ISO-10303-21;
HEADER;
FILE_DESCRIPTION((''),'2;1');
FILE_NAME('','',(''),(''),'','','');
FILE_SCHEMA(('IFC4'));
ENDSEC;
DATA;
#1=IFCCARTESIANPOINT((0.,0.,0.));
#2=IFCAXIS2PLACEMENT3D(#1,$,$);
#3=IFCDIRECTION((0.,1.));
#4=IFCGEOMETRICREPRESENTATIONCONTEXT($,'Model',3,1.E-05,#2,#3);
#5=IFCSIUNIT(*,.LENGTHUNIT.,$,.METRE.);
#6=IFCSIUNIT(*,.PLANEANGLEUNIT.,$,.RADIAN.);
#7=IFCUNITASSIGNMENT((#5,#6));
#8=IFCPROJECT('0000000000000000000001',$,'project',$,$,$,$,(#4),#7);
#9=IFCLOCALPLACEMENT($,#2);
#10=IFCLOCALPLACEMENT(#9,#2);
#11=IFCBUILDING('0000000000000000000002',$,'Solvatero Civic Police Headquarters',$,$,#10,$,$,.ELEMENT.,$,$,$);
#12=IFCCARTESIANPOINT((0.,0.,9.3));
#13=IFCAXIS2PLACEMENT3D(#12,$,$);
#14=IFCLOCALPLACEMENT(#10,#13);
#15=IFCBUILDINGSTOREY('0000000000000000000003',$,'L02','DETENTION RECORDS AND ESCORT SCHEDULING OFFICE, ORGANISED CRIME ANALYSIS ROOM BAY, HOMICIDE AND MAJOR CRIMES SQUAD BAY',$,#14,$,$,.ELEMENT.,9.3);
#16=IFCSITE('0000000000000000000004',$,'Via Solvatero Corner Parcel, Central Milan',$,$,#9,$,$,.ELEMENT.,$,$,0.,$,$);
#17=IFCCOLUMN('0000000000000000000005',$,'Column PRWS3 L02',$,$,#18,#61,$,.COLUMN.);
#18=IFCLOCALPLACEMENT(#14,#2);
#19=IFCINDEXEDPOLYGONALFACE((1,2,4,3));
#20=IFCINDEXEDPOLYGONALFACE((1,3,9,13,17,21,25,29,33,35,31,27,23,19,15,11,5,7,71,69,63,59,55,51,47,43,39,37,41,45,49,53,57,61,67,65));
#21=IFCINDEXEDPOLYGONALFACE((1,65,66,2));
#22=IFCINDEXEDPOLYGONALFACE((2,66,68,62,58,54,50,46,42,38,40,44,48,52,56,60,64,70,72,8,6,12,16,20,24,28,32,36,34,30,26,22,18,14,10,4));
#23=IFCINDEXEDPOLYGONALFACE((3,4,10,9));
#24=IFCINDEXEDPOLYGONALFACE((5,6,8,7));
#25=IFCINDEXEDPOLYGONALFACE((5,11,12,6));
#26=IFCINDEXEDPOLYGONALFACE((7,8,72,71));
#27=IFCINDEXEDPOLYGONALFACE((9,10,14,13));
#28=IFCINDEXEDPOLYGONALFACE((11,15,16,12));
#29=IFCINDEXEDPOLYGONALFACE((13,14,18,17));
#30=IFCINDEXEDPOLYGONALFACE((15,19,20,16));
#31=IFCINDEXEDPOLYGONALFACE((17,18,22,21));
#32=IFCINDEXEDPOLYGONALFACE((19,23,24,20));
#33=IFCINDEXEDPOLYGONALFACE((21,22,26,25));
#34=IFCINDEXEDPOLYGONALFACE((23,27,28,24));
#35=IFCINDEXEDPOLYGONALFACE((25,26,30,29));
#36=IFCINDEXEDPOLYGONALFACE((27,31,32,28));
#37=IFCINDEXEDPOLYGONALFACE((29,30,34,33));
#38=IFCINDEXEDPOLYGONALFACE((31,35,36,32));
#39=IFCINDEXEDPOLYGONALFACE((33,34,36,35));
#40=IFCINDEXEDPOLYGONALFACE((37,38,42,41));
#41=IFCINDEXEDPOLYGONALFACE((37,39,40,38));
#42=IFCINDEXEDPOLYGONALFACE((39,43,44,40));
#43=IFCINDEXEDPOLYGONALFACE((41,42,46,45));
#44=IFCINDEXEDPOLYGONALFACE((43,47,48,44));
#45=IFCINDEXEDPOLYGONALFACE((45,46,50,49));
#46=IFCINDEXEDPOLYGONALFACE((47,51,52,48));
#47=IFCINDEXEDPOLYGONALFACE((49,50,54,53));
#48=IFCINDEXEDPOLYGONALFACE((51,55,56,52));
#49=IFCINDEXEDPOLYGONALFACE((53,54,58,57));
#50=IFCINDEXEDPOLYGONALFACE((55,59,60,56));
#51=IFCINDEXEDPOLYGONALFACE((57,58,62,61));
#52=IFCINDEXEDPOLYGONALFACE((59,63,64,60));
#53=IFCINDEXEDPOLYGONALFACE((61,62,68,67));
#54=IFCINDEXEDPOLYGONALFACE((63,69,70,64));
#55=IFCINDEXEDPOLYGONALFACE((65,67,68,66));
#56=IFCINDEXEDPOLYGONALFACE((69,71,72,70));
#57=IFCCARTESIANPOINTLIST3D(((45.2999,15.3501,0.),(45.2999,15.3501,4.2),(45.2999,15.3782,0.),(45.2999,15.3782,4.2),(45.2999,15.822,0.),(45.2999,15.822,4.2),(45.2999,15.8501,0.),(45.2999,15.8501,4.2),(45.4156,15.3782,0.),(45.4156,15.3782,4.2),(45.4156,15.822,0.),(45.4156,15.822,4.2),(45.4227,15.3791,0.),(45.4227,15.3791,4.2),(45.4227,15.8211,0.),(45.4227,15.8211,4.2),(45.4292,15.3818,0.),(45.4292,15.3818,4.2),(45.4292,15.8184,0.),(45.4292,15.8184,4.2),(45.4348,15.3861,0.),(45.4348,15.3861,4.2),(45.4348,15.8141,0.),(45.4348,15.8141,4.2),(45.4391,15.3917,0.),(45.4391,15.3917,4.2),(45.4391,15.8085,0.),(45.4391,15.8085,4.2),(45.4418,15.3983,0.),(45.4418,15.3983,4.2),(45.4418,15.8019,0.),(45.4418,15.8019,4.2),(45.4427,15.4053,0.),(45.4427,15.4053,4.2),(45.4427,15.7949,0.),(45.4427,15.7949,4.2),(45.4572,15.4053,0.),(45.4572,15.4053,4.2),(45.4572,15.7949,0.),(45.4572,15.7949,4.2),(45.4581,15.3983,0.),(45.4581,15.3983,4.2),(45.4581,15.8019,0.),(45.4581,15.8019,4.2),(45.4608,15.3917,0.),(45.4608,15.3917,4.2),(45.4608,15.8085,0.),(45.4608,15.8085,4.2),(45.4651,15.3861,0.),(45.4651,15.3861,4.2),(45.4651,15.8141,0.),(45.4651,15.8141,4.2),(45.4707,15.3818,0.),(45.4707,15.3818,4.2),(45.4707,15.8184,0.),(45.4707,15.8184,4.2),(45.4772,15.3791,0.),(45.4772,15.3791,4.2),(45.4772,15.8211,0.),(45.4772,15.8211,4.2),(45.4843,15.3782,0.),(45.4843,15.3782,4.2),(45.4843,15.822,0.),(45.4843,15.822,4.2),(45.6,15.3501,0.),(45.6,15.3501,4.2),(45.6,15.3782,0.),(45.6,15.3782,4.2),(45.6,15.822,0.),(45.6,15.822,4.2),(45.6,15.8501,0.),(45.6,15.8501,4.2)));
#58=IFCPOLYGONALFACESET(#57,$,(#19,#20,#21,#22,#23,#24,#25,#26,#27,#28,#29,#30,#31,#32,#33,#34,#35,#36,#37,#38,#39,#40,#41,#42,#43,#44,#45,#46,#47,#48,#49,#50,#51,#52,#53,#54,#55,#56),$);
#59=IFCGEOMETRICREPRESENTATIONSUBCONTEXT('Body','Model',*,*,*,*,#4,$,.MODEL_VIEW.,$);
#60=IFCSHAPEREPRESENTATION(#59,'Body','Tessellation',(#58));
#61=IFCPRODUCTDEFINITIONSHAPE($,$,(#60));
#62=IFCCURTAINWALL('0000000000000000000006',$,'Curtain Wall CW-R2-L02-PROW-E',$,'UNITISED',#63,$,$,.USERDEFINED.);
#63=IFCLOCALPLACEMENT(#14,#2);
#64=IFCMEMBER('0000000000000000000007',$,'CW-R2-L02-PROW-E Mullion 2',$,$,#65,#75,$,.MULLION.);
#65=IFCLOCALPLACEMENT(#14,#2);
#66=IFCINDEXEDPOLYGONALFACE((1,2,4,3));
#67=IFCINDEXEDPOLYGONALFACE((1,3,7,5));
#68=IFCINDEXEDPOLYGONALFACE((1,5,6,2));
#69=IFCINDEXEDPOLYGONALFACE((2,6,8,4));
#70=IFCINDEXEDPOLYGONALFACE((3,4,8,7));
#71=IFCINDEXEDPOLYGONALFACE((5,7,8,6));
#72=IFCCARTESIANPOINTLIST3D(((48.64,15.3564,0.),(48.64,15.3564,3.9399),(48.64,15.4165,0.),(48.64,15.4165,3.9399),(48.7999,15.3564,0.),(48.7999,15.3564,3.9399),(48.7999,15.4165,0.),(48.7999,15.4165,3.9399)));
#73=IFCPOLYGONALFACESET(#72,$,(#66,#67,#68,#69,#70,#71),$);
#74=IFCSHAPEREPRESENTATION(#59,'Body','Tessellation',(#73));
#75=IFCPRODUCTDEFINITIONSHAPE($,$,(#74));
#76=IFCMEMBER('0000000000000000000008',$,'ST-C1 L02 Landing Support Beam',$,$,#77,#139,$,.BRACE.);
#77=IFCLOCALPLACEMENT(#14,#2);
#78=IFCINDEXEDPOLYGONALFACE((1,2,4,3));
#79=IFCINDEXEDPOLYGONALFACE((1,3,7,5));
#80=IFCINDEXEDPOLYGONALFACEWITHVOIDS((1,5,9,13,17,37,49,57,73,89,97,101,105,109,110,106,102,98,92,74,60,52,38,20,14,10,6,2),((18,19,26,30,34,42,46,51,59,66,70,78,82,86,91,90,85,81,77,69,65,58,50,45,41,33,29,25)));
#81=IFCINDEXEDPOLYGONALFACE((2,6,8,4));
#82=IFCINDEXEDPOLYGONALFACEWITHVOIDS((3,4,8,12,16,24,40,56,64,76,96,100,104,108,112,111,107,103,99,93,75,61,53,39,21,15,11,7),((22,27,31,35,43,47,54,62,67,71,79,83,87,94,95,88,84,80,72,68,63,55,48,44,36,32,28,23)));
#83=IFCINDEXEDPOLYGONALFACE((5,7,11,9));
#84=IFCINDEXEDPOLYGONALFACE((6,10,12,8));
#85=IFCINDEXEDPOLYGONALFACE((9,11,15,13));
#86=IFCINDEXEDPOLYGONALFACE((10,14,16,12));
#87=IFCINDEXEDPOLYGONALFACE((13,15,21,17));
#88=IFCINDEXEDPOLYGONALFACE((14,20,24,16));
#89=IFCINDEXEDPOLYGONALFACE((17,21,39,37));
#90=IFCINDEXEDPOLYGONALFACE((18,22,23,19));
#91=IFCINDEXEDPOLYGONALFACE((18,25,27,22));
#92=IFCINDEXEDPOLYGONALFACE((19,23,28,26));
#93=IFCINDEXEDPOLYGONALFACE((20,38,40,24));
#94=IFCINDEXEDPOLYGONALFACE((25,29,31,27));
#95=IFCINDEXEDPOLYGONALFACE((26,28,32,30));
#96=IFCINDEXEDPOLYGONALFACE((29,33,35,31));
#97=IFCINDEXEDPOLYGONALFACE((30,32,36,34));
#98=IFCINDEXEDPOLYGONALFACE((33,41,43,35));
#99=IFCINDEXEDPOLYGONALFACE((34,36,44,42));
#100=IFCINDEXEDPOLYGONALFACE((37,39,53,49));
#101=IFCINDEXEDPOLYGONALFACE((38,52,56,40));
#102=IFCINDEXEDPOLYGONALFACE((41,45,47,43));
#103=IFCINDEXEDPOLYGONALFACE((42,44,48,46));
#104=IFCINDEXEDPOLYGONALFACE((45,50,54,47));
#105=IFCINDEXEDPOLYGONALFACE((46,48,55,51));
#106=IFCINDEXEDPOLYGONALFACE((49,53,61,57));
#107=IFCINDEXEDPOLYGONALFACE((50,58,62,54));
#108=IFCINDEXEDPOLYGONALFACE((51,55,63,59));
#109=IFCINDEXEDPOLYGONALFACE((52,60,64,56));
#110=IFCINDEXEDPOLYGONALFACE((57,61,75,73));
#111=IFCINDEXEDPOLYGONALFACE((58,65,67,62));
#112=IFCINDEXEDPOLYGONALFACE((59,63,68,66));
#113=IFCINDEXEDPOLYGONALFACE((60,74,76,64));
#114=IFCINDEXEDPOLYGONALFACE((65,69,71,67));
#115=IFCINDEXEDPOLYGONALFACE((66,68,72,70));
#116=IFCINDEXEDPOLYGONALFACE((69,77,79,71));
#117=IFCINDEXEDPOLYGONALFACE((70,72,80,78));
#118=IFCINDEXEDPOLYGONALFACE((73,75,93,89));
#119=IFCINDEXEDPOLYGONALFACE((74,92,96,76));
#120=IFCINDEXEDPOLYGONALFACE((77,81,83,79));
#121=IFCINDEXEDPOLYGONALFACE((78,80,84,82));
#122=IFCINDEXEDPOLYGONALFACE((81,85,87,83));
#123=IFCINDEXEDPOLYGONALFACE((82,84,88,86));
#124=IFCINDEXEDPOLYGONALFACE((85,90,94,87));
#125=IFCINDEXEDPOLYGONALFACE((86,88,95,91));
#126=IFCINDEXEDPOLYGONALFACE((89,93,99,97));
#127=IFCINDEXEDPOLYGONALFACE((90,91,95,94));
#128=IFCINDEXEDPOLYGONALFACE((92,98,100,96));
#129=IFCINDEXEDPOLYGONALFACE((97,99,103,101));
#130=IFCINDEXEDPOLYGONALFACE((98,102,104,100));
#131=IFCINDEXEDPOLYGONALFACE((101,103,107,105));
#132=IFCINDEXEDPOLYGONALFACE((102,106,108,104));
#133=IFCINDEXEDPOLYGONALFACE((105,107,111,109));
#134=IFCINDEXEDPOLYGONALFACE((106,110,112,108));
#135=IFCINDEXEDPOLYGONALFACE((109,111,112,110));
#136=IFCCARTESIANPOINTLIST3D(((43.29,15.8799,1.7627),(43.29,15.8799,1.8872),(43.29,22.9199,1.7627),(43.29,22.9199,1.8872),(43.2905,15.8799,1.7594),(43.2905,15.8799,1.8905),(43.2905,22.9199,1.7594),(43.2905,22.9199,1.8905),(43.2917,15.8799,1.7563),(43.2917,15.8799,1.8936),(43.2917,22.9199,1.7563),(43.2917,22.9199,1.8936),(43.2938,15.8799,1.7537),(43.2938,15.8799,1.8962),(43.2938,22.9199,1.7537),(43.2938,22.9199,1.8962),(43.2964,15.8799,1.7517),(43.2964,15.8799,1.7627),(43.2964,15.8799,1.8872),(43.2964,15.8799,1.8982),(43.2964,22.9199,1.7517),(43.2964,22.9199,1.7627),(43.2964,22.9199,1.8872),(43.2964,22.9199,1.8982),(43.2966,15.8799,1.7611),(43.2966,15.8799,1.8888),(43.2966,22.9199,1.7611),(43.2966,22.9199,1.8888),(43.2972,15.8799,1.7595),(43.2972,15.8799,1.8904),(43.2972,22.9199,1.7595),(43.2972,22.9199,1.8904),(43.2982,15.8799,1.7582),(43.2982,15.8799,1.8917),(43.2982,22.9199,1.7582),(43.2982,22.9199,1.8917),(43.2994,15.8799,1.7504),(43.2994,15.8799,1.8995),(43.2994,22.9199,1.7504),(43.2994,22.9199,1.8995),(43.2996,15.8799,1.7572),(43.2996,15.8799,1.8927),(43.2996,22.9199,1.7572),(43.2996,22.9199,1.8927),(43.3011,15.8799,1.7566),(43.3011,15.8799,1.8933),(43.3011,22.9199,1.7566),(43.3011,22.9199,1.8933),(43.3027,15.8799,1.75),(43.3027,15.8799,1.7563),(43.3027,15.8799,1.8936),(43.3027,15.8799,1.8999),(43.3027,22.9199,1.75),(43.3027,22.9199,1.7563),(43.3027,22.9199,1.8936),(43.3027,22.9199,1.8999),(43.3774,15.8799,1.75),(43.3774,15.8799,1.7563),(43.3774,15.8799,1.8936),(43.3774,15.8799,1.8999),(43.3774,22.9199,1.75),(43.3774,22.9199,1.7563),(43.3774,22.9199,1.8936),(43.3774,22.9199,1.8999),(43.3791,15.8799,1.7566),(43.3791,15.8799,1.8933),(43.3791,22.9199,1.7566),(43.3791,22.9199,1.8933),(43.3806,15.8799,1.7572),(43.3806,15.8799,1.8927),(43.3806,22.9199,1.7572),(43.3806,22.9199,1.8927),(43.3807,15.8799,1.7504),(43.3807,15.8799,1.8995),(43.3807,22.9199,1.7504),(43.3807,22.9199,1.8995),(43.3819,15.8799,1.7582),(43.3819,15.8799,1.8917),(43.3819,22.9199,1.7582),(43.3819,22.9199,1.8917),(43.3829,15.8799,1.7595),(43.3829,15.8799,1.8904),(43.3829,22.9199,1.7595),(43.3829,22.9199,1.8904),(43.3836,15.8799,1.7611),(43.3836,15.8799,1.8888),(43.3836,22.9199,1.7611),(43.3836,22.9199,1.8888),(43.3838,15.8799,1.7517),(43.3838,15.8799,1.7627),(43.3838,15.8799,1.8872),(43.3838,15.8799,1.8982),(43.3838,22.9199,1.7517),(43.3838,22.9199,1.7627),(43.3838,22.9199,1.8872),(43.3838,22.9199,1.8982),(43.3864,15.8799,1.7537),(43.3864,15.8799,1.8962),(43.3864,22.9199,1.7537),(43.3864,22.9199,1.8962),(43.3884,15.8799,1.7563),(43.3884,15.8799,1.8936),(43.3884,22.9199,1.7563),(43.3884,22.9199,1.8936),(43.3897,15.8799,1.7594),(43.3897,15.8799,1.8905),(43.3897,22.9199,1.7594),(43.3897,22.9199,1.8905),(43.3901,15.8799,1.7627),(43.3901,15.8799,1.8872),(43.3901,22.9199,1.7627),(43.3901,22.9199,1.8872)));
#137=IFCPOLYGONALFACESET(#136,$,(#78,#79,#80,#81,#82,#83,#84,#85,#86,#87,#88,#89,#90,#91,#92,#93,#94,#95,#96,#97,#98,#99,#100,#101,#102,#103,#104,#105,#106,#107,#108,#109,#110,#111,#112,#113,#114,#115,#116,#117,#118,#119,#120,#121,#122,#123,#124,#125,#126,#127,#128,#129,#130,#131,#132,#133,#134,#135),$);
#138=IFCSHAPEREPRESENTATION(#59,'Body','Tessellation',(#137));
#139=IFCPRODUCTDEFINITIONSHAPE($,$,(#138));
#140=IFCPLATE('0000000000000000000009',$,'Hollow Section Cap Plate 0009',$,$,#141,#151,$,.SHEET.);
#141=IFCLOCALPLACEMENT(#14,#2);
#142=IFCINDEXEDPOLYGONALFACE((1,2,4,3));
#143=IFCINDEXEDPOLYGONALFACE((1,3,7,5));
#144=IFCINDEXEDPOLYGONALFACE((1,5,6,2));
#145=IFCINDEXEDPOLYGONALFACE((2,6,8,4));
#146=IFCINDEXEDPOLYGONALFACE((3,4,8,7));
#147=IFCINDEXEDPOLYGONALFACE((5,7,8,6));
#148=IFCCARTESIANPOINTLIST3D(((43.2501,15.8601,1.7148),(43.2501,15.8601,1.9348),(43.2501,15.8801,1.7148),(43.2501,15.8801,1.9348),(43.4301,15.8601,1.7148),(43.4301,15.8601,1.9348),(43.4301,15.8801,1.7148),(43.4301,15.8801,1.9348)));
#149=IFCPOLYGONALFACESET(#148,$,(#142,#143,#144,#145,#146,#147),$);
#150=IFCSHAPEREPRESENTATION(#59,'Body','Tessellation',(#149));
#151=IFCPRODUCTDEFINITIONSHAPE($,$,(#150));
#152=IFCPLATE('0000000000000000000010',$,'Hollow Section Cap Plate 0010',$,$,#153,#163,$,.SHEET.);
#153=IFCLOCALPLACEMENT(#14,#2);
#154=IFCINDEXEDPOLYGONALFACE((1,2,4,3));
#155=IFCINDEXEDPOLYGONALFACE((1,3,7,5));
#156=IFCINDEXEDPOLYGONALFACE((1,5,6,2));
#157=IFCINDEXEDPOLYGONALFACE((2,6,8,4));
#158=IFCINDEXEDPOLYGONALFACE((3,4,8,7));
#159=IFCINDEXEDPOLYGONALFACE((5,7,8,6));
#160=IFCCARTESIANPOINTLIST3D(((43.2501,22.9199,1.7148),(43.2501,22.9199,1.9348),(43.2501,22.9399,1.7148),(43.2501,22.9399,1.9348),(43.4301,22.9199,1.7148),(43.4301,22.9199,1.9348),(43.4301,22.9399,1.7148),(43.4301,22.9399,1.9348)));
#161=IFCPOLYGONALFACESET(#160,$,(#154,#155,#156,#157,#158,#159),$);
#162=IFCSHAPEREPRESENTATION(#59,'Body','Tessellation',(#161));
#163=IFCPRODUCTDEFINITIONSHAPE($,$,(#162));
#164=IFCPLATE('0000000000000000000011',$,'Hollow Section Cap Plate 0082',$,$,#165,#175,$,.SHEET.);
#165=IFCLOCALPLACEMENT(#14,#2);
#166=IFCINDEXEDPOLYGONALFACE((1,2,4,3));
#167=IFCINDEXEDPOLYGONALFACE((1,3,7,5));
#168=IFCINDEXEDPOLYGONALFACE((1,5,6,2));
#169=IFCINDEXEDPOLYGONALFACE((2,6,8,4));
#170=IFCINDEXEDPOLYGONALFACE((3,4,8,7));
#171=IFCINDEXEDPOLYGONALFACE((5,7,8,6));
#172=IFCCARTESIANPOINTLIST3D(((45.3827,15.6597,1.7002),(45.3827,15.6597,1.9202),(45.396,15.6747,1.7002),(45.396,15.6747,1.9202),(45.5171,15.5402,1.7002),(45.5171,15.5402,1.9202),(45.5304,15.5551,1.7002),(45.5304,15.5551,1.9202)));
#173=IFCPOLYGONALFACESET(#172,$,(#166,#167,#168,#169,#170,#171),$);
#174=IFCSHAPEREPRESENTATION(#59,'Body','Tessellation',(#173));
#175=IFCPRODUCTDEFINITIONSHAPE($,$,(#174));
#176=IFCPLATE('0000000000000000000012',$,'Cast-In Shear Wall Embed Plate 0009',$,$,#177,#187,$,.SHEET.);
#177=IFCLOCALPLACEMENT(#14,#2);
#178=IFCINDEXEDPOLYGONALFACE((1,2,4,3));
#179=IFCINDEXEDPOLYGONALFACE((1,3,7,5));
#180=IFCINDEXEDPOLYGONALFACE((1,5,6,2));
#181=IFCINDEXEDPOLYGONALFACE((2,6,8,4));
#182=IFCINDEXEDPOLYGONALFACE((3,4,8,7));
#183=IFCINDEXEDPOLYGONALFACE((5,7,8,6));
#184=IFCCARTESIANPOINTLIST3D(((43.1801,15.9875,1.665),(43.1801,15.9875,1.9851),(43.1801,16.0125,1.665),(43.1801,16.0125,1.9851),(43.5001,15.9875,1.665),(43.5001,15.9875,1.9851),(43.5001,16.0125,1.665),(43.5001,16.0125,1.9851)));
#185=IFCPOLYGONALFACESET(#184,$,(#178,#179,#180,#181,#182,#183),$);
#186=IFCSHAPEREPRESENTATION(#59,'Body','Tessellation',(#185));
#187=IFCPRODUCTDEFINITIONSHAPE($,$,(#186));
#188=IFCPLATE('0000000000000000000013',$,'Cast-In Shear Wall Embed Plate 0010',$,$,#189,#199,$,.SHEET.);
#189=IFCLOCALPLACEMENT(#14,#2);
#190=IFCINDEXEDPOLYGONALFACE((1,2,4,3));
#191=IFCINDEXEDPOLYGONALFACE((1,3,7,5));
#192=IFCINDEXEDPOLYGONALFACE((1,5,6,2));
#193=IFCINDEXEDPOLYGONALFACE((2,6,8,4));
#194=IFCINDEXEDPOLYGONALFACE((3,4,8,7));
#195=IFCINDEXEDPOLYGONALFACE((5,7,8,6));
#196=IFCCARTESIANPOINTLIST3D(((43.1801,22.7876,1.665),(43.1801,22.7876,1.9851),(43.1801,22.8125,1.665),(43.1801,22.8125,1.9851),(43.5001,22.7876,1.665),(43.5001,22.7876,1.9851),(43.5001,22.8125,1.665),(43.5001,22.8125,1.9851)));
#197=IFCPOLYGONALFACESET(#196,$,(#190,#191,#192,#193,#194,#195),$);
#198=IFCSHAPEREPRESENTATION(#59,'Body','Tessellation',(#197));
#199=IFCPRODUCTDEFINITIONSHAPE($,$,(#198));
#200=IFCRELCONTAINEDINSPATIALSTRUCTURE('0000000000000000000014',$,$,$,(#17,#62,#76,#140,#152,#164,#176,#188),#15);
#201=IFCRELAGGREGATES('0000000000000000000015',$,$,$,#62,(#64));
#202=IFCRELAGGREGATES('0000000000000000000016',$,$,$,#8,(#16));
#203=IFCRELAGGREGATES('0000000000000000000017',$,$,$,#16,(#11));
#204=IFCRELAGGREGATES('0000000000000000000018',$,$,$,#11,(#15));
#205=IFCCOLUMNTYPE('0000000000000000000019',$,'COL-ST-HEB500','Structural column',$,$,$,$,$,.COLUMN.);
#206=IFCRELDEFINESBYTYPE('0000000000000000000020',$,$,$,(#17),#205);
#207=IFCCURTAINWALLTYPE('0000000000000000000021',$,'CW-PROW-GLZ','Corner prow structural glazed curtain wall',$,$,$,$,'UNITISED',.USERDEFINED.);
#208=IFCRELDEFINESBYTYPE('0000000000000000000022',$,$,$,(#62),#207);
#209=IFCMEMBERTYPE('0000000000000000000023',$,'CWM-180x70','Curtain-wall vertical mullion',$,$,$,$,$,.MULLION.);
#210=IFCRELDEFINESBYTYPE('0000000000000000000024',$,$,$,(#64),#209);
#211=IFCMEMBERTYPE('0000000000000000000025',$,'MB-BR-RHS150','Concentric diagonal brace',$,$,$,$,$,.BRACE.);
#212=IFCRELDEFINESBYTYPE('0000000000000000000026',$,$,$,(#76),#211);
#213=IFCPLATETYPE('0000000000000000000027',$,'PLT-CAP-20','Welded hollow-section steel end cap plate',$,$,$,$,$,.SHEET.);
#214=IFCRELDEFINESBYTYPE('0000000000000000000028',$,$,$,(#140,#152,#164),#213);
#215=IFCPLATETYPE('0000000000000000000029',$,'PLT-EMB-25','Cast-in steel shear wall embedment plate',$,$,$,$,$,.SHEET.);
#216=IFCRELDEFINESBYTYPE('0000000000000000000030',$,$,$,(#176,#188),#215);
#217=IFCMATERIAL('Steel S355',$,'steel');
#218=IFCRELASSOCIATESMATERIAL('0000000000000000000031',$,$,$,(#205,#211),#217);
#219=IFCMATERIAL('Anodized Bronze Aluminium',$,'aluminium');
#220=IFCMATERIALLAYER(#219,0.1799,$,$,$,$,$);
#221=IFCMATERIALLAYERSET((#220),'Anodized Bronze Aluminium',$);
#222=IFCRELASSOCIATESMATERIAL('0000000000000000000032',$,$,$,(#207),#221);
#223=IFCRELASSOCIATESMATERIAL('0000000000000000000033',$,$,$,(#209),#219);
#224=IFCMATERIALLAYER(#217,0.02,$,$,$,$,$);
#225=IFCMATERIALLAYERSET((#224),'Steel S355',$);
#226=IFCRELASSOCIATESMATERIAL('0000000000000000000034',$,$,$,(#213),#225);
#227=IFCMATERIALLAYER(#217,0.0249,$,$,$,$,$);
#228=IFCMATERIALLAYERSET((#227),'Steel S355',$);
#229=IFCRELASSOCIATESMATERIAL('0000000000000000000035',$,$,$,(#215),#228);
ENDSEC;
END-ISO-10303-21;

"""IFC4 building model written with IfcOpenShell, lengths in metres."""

from ifc_helpers import new_model, si_unit, direction, frame, origin, origin_2d, place, context, subcontext, project, spatial, rectangle, hollow_rectangle, i_section, extrude, material, layer, layer_set, material_profile, profile_set, type_object, element, aggregate, save


model = new_model("IFC4")

# Units and contexts
model_context = context("Model", 3, precision=1e-05, world=origin(), true_north=direction((0.0, 1.0)))
body_context = subcontext(model_context, "Body", "Model", "MODEL_VIEW")
ifc_project = project(units=[si_unit("LENGTHUNIT", "METRE"), si_unit("PLANEANGLEUNIT", "RADIAN")], contexts=[model_context])

# Site, building, storey
site_placement = place(None, origin())
site = spatial("IfcSite", under=ifc_project, at=site_placement, Name="Via Solvatero Corner Parcel, Central Milan", CompositionType="ELEMENT", RefElevation=0.0)
building_placement = place(site_placement, origin())
building = spatial("IfcBuilding", under=site, at=building_placement, Name="Solvatero Civic Police Headquarters", CompositionType="ELEMENT")
storey_placement = place(building_placement, frame((0.0, 0.0, 9.3)))
storey = spatial("IfcBuildingStorey", under=building, at=storey_placement, Name="L02", Description="DETENTION RECORDS AND ESCORT SCHEDULING OFFICE, ORGANISED CRIME ANALYSIS ROOM BAY, HOMICIDE AND MAJOR CRIMES SQUAD BAY", CompositionType="ELEMENT", Elevation=9.3)

# Column
ifc_material_1 = material(Name="Steel S355", Category="steel")
ifc_material_profile_1 = material_profile(ifc_material_1, i_section(OverallWidth=0.3, OverallDepth=0.5, WebThickness=0.0144, FlangeThickness=0.0281, FilletRadius=0.0271, at=origin_2d()), Name="HEB 500")
ifc_profile_set_1 = profile_set([ifc_material_profile_1], Name="Steel S355")
column_type = type_object("IfcColumnType", Name="COL-ST-HEB500", Description="Structural column", PredefinedType="COLUMN", material=ifc_profile_set_1)
column_placement = place(storey_placement, frame((45.45, 15.6001, 0.0), z_axis=(0.0, 0.0, 1.0), x_axis=(1.0, 0.0, 0.0)))
element("IfcColumn", 1, at=column_placement, inside=storey, type_object=column_type, Name="Column PRWS3 L02", PredefinedType="COLUMN", context=body_context, shape_type="SweptSolid", body=[
    extrude(i_section(OverallWidth=0.3, OverallDepth=0.5, WebThickness=0.0144, FlangeThickness=0.0281, FilletRadius=0.0271, at=origin_2d()), origin(), (0.0, 0.0, 1.0), 4.2),
])

# Curtain wall, member
ifc_material_2 = material(Name="Anodized Bronze Aluminium", Category="aluminium")
ifc_layer_1 = layer(ifc_material_2, 0.1799)
ifc_layer_set_1 = layer_set([ifc_layer_1], Name="Anodized Bronze Aluminium")
curtain_wall_type = type_object("IfcCurtainWallType", Name="CW-PROW-GLZ", Description="Corner prow structural glazed curtain wall", ElementType="UNITISED", PredefinedType="USERDEFINED", material=ifc_layer_set_1)
curtain_wall_placement = place(storey_placement, origin())
curtain_wall = element("IfcCurtainWall", 2, at=curtain_wall_placement, inside=storey, type_object=curtain_wall_type, Name="Curtain Wall CW-R2-L02-PROW-E", ObjectType="UNITISED", PredefinedType="USERDEFINED")
ifc_material_profile_2 = material_profile(ifc_material_2, rectangle(XDim=0.0601, YDim=0.1599, at=origin_2d()), Name="ALU MULLION 60x160")
ifc_profile_set_2 = profile_set([ifc_material_profile_2], Name="Anodized Bronze Aluminium")
member_type_1 = type_object("IfcMemberType", Name="CWM-180x70", Description="Curtain-wall vertical mullion", PredefinedType="MULLION", material=ifc_profile_set_2)
member_1_placement = place(storey_placement, frame((48.72, 15.3865, 0.0), z_axis=(0.0, 0.0, 1.0), x_axis=(0.0, 1.0, 0.0)))
member_1 = element("IfcMember", 3, at=member_1_placement, type_object=member_type_1, Name="CW-R2-L02-PROW-E Mullion 2", PredefinedType="MULLION", context=body_context, shape_type="SweptSolid", body=[
    extrude(rectangle(XDim=0.0601, YDim=0.1599, at=origin_2d()), origin(), (0.0, 0.0, 1.0), 3.9399),
])
aggregate(curtain_wall, [member_1])

# Member
ifc_material_profile_3 = material_profile(ifc_material_1, hollow_rectangle(XDim=0.1001, YDim=0.1499, WallThickness=0.0063, InnerFilletRadius=0.0063, OuterFilletRadius=0.0127, at=origin_2d()), Name="RHS 150x100x6.3")
ifc_profile_set_3 = profile_set([ifc_material_profile_3], Name="Steel S355")
member_type_2 = type_object("IfcMemberType", Name="MB-BR-RHS150", Description="Concentric diagonal brace", PredefinedType="BRACE", material=ifc_profile_set_3)
member_2_placement = place(storey_placement, frame((43.3401, 15.8799, 1.825), z_axis=(0.0, 1.0, 0.0), x_axis=(-1.0, 0.0, 0.0)))
element("IfcMember", 4, at=member_2_placement, inside=storey, type_object=member_type_2, Name="ST-C1 L02 Landing Support Beam", PredefinedType="BRACE", context=body_context, shape_type="SweptSolid", body=[
    extrude(hollow_rectangle(XDim=0.1001, YDim=0.1499, WallThickness=0.0063, InnerFilletRadius=0.0063, OuterFilletRadius=0.0127, at=origin_2d()), origin(), (0.0, 0.0, 1.0), 7.04),
])

# Plates
ifc_layer_2 = layer(ifc_material_1, 0.02)
ifc_layer_set_2 = layer_set([ifc_layer_2], Name="Steel S355")
plate_type_1 = type_object("IfcPlateType", Name="PLT-CAP-20", Description="Welded hollow-section steel end cap plate", PredefinedType="SHEET", material=ifc_layer_set_2)
for number, where, z_axis, x_axis, name in (
    (5, (43.3401, 15.8701, 1.7148), (0.0, 0.0, 1.0), (1.0, 0.0, 0.0), "Hollow Section Cap Plate 0009"),
    (6, (43.3401, 22.9299, 1.7148), (0.0, 0.0, 1.0), (1.0, 0.0, 0.0), "Hollow Section Cap Plate 0010"),
):
    element("IfcPlate", number, at=place(storey_placement, frame(where, z_axis=z_axis, x_axis=x_axis)), inside=storey, type_object=plate_type_1, Name=name, PredefinedType="SHEET", context=body_context, shape_type="SweptSolid", body=[
        extrude(rectangle(XDim=0.1799, YDim=0.02, at=origin_2d()), origin(), (0.0, 0.0, 1.0), 0.22),
    ])
plate_placement = place(storey_placement, frame((45.4565, 15.6074, 1.7002), z_axis=(0.0, 0.0, 1.0), x_axis=(0.66437, 0.747404, 0.0)))
element("IfcPlate", 7, at=plate_placement, inside=storey, type_object=plate_type_1, Name="Hollow Section Cap Plate 0082", PredefinedType="SHEET", context=body_context, shape_type="SweptSolid", body=[
    extrude(rectangle(XDim=0.02, YDim=0.1799, at=origin_2d()), origin(), (0.0, 0.0, 1.0), 0.22),
])
ifc_layer_3 = layer(ifc_material_1, 0.0249)
ifc_layer_set_3 = layer_set([ifc_layer_3], Name="Steel S355")
plate_type_2 = type_object("IfcPlateType", Name="PLT-EMB-25", Description="Cast-in steel shear wall embedment plate", PredefinedType="SHEET", material=ifc_layer_set_3)
for number, where, z_axis, x_axis, name in (
    (8, (43.3401, 16.0, 1.665), (0.0, 0.0, 1.0), (1.0, 0.0, 0.0), "Cast-In Shear Wall Embed Plate 0009"),
    (9, (43.3401, 22.8, 1.665), (0.0, 0.0, 1.0), (1.0, 0.0, 0.0), "Cast-In Shear Wall Embed Plate 0010"),
):
    element("IfcPlate", number, at=place(storey_placement, frame(where, z_axis=z_axis, x_axis=x_axis)), inside=storey, type_object=plate_type_2, Name=name, PredefinedType="SHEET", context=body_context, shape_type="SweptSolid", body=[
        extrude(rectangle(XDim=0.3201, YDim=0.0249, at=origin_2d()), origin(), (0.0, 0.0, 1.0), 0.3201),
    ])

save(model, "model.ifc")
